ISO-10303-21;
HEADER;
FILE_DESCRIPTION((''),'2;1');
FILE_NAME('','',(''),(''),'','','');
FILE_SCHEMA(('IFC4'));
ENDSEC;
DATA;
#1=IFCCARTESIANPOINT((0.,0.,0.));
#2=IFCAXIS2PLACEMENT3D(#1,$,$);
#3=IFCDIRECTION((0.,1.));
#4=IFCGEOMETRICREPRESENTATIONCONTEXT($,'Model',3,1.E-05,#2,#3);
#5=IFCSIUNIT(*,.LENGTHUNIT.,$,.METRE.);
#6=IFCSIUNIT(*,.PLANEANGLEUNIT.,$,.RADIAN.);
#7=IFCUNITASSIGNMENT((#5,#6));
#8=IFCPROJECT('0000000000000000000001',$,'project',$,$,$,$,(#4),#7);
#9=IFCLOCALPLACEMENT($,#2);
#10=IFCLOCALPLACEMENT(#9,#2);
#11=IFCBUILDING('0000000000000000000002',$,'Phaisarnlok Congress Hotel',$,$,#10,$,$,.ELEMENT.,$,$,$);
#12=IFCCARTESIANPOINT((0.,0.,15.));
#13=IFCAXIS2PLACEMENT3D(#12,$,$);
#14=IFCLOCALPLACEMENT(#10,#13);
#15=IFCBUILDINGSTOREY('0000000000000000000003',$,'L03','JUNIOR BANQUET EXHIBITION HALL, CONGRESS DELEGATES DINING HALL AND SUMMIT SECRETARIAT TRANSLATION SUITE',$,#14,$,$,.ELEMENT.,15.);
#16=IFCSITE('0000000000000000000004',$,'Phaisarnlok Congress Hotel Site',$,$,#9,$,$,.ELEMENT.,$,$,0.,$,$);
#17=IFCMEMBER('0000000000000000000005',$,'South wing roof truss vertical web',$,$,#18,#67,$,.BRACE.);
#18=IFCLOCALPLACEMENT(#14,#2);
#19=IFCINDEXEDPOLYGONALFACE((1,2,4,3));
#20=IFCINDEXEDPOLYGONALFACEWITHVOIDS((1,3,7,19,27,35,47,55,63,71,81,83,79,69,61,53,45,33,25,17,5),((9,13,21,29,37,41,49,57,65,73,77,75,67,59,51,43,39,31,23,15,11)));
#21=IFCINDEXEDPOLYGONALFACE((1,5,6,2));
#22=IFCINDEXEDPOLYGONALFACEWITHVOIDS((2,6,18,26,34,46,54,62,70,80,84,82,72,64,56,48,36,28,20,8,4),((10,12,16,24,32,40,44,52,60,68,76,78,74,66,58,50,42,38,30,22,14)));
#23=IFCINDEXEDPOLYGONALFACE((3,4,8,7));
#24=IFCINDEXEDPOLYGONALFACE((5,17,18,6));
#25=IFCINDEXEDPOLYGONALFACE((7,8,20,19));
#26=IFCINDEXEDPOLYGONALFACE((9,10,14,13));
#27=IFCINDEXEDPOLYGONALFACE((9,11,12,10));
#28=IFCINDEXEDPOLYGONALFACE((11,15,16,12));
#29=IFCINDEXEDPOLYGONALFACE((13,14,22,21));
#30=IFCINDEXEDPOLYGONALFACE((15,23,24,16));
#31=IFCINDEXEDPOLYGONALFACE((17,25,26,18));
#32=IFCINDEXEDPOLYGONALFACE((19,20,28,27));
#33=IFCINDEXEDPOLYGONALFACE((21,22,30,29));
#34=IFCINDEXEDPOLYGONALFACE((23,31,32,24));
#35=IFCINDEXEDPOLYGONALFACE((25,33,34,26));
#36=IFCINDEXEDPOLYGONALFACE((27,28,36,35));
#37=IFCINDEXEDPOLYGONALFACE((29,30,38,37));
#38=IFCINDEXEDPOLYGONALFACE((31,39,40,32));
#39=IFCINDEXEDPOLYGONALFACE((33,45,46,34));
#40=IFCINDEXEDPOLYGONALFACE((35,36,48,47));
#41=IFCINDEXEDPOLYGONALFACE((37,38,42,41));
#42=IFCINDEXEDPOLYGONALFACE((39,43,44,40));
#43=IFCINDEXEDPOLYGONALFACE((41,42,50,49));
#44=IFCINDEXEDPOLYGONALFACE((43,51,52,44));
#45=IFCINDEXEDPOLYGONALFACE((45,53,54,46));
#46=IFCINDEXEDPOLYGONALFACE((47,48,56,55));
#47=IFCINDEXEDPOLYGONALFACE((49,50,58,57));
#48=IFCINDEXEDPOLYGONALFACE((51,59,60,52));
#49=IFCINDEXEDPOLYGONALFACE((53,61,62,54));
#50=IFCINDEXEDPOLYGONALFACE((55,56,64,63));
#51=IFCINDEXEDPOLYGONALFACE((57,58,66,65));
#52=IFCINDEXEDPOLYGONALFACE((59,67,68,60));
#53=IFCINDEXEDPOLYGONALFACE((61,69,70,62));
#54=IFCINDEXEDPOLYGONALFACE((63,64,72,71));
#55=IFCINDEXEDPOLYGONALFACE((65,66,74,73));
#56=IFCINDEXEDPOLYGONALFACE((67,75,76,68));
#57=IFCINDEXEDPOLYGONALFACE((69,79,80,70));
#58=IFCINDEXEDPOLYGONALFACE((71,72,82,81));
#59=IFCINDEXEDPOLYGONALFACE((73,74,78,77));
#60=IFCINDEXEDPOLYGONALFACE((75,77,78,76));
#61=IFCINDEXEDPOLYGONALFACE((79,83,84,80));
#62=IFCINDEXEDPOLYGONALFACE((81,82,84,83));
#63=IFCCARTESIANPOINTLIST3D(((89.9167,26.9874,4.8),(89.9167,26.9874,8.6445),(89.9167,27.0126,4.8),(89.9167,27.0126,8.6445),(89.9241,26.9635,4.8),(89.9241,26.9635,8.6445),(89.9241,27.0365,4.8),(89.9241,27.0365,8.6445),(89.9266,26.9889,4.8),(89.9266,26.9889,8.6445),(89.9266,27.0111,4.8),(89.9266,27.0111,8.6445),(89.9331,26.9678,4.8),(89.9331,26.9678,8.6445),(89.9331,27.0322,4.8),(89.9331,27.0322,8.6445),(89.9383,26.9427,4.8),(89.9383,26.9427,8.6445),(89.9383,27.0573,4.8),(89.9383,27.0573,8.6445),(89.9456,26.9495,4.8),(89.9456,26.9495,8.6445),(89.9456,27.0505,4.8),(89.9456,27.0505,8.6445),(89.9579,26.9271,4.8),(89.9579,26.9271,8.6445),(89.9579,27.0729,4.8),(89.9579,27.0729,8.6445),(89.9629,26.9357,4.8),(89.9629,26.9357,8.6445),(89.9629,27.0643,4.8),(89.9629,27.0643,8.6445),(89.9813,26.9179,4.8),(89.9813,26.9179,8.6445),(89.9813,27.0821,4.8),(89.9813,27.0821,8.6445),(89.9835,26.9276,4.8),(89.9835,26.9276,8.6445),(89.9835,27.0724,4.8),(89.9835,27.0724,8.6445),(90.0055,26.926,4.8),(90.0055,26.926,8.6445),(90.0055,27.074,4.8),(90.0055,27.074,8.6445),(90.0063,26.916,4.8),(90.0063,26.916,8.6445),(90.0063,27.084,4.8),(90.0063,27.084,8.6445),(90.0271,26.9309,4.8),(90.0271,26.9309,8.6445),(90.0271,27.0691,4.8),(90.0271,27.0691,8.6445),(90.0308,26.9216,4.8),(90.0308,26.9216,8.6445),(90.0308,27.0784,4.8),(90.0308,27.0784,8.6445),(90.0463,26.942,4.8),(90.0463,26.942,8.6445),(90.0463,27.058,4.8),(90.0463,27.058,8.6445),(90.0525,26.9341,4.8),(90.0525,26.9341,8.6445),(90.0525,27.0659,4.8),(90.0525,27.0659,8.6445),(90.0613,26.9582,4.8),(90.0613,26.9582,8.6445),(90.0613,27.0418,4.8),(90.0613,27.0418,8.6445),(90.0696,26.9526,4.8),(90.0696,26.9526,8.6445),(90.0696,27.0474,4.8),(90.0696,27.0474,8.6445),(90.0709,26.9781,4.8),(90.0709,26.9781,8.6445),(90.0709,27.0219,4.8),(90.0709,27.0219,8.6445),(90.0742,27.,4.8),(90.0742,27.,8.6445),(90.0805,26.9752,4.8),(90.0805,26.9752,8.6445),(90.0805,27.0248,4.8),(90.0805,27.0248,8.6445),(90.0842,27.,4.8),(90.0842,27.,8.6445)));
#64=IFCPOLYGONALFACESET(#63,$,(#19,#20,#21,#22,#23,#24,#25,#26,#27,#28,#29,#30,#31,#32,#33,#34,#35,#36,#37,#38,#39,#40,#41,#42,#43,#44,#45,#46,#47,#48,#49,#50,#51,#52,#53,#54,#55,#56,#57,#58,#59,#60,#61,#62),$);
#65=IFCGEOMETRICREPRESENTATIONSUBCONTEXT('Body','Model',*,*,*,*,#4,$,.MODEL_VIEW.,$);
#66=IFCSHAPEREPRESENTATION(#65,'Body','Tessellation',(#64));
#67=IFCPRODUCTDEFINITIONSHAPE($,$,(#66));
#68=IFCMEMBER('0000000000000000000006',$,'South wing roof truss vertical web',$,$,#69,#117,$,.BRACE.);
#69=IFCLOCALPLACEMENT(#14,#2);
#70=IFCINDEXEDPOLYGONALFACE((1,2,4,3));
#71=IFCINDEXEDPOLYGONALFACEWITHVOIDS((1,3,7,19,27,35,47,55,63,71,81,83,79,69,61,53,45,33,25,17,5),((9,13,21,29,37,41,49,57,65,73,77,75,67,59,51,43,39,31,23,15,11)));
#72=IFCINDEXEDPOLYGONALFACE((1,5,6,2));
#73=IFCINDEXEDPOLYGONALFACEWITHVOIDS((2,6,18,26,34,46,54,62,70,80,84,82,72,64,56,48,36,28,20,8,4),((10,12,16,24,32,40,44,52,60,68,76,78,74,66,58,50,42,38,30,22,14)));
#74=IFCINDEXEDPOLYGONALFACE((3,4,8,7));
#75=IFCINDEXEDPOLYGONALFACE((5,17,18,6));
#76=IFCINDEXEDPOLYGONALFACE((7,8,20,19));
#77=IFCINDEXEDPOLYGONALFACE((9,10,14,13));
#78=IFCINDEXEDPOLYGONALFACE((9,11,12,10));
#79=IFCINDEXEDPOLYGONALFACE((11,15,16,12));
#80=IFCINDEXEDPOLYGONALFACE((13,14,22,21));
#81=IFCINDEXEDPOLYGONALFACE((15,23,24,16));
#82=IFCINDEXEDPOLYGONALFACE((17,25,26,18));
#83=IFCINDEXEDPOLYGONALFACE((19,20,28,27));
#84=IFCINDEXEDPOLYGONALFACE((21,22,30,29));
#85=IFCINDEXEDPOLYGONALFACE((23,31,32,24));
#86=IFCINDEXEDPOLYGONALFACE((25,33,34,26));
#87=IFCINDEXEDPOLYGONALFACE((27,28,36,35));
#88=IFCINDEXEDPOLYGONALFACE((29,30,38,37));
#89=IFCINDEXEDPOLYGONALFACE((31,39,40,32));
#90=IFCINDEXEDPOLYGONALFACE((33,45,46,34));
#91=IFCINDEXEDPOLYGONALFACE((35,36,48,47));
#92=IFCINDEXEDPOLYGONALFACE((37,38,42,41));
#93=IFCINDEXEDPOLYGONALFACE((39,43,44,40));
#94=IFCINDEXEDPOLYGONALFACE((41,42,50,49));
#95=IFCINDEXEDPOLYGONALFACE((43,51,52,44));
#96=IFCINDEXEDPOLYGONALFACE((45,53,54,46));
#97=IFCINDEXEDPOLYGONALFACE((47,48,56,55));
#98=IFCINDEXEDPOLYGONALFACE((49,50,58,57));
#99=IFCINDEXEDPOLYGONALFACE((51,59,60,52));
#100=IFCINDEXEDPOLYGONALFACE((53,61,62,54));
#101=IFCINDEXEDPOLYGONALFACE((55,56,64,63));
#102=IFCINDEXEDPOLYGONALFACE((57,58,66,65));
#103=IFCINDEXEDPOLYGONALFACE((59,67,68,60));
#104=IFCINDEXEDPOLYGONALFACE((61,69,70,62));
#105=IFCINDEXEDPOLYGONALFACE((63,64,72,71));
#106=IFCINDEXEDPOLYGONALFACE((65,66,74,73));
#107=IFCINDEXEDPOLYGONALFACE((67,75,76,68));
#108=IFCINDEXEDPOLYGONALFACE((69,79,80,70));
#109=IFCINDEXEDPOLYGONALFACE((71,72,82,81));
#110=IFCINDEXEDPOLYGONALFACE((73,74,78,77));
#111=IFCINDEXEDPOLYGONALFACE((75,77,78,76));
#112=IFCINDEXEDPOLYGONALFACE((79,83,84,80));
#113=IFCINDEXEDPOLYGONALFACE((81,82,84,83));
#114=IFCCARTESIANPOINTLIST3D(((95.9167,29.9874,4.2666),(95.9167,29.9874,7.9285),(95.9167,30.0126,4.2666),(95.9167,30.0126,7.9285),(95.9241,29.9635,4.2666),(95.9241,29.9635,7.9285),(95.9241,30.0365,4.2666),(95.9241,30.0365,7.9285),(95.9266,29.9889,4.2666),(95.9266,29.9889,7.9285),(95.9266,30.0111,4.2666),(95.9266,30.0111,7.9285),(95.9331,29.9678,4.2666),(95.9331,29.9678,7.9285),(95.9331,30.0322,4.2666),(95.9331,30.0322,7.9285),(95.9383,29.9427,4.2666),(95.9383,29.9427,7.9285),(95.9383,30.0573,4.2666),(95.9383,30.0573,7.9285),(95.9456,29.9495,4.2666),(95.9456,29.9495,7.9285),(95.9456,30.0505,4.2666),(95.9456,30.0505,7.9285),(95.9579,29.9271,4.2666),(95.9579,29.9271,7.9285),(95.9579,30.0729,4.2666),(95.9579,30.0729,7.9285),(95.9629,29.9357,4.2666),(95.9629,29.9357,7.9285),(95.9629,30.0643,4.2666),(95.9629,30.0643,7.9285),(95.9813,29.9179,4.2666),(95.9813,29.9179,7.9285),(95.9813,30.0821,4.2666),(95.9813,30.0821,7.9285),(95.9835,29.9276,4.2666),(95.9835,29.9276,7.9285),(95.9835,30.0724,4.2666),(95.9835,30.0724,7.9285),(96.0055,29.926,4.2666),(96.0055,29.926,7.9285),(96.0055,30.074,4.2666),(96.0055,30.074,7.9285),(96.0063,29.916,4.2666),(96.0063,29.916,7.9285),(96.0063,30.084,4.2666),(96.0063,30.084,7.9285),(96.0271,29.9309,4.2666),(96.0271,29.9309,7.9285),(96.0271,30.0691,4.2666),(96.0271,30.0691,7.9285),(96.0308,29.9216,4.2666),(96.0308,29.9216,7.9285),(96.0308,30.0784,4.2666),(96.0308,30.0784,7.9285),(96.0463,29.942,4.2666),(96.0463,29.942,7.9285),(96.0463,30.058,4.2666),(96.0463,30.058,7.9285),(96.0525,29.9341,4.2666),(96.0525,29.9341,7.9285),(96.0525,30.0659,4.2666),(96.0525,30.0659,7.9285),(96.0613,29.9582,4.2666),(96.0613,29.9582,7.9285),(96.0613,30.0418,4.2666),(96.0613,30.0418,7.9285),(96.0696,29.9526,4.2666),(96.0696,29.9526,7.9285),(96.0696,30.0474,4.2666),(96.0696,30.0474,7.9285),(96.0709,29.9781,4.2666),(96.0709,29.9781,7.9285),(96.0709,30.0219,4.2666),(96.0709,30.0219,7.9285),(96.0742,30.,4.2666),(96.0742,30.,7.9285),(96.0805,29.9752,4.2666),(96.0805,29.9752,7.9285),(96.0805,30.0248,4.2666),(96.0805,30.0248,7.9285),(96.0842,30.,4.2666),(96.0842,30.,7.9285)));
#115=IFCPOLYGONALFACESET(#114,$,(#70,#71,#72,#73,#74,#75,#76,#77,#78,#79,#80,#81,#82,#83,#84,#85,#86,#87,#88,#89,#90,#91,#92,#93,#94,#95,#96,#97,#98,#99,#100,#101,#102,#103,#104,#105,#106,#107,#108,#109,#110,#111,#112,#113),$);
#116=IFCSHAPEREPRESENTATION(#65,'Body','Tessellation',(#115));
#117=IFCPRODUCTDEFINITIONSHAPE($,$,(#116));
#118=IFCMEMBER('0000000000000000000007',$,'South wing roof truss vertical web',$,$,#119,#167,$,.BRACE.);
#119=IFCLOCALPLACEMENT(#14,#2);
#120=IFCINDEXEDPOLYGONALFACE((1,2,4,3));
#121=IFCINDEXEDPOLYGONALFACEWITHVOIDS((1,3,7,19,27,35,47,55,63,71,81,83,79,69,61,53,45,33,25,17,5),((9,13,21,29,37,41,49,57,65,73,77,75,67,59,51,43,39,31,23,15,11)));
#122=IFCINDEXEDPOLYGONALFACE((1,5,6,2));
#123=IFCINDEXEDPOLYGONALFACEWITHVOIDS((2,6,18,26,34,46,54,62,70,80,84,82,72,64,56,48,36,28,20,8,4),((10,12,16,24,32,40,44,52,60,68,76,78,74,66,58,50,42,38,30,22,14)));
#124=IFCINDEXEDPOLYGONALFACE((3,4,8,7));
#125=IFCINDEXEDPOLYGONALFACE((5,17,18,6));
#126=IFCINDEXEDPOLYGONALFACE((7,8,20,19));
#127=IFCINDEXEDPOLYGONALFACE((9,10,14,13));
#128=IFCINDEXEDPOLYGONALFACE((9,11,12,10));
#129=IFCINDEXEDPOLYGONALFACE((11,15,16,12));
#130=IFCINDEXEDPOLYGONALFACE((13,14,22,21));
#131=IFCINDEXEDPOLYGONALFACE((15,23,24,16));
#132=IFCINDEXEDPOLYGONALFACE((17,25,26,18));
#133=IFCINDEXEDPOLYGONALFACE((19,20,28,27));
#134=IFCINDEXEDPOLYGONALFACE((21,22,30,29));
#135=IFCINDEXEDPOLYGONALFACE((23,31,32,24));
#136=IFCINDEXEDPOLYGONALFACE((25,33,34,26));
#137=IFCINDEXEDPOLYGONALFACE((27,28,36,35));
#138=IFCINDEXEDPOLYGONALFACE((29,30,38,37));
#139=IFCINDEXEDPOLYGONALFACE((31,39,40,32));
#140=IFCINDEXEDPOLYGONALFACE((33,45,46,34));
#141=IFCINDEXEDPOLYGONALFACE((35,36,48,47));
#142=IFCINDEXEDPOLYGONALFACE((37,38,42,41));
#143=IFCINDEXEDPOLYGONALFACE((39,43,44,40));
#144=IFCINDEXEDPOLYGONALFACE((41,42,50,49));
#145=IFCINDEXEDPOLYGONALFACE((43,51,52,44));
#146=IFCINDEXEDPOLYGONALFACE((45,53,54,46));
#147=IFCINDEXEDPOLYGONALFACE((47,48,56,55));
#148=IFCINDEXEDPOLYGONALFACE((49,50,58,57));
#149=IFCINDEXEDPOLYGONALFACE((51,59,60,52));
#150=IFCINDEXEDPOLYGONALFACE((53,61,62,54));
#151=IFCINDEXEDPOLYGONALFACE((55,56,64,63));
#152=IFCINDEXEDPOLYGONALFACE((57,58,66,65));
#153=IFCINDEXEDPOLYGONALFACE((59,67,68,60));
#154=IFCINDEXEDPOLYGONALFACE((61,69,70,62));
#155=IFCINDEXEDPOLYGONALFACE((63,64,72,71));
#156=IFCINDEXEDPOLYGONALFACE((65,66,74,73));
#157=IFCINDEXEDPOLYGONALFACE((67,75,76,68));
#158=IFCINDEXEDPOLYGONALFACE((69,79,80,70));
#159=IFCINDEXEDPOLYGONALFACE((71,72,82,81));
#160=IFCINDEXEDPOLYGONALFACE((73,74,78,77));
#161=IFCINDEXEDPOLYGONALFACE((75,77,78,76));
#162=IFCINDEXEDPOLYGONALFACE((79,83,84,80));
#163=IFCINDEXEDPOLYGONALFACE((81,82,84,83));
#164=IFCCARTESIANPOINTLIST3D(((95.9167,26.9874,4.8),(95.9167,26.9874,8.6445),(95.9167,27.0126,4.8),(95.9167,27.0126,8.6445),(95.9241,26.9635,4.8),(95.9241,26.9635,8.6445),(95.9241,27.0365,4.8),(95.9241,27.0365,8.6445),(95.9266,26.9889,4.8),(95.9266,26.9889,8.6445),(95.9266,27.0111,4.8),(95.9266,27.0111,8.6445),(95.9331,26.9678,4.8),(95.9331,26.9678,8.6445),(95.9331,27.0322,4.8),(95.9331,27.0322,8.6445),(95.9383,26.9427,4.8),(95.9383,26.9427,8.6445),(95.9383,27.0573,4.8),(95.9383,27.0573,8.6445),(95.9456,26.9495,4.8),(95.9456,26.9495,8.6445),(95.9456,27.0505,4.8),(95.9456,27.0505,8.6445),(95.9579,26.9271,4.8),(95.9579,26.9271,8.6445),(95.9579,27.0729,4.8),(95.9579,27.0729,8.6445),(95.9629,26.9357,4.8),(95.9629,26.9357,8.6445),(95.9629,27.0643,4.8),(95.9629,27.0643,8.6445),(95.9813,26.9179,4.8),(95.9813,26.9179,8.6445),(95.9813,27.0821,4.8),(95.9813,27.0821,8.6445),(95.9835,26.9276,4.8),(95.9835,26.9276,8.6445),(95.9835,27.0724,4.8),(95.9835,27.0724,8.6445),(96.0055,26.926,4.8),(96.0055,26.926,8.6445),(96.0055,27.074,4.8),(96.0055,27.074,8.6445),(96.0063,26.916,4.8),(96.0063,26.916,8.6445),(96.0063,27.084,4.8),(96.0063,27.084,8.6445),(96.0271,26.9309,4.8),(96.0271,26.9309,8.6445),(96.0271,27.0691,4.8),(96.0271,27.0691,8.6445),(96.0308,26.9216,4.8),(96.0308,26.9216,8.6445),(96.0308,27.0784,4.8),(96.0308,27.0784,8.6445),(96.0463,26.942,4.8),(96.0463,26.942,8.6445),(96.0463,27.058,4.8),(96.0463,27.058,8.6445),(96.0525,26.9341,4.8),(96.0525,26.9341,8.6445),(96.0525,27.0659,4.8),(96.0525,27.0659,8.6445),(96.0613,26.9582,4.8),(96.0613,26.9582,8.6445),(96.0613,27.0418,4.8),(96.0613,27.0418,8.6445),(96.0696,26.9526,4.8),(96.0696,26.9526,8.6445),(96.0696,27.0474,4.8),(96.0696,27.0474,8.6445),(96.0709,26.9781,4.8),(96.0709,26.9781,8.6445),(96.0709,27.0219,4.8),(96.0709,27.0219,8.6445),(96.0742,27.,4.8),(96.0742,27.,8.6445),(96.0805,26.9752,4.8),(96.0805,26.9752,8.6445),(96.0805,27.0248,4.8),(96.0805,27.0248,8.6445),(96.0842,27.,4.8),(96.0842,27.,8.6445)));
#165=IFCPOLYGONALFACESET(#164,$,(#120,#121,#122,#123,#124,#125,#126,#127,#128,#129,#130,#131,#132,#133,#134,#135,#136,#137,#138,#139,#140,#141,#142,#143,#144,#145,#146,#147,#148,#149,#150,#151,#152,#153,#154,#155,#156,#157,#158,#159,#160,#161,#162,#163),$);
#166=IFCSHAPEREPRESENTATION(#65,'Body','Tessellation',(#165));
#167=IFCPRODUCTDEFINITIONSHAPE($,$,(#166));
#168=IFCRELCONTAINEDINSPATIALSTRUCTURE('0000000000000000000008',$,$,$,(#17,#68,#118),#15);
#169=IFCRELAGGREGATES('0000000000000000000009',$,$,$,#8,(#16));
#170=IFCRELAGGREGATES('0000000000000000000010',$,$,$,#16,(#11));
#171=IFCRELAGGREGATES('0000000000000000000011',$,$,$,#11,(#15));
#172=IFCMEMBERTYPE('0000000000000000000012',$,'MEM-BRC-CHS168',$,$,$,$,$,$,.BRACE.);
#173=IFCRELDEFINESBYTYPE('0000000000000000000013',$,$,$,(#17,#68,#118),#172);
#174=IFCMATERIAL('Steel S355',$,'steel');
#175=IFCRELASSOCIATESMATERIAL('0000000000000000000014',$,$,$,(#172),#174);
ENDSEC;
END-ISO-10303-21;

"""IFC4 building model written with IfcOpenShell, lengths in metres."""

from ifc_helpers import new_model, si_unit, direction, frame, origin, origin_2d, place, context, subcontext, project, spatial, hollow_circle, extrude, material, material_profile, profile_set, type_object, element, save


model = new_model("IFC4")

# Units and contexts
model_context = context("Model", 3, precision=1e-05, world=origin(), true_north=direction((0.0, 1.0)))
body_context = subcontext(model_context, "Body", "Model", "MODEL_VIEW")
ifc_project = project(units=[si_unit("LENGTHUNIT", "METRE"), si_unit("PLANEANGLEUNIT", "RADIAN")], contexts=[model_context])

# Site, building, storey
site_placement = place(None, origin())
site = spatial("IfcSite", under=ifc_project, at=site_placement, Name="Phaisarnlok Congress Hotel Site", CompositionType="ELEMENT", RefElevation=0.0)
building_placement = place(site_placement, origin())
building = spatial("IfcBuilding", under=site, at=building_placement, Name="Phaisarnlok Congress Hotel", CompositionType="ELEMENT")
storey_placement = place(building_placement, frame((0.0, 0.0, 15.0)))
storey = spatial("IfcBuildingStorey", under=building, at=storey_placement, Name="L03", Description="JUNIOR BANQUET EXHIBITION HALL, CONGRESS DELEGATES DINING HALL AND SUMMIT SECRETARIAT TRANSLATION SUITE", CompositionType="ELEMENT", Elevation=15.0)

# Shared definitions
ifc_material_1 = material(Name="Steel S355", Category="steel")

# Members
ifc_material_profile_1 = material_profile(ifc_material_1, hollow_circle(Radius=0.0842, WallThickness=0.01, at=origin_2d()), Name="CHS 168.3x10")
ifc_profile_set_1 = profile_set([ifc_material_profile_1], Name="Steel S355")
member_type_1 = type_object("IfcMemberType", Name="MEM-BRC-CHS168", PredefinedType="BRACE", material=ifc_profile_set_1)
member_1_placement = place(storey_placement, frame((90.0, 27.0, 4.8), z_axis=(0.0, 0.0, 1.0), x_axis=(1.0, 0.0, 0.0)))
element("IfcMember", 1, at=member_1_placement, inside=storey, type_object=member_type_1, Name="South wing roof truss vertical web", PredefinedType="BRACE", context=body_context, shape_type="SweptSolid", body=[
    extrude(hollow_circle(Radius=0.0842, WallThickness=0.01, at=origin_2d()), origin(), (0.0, 0.0, 1.0), 3.8445),
])
member_2_placement = place(storey_placement, frame((96.0, 30.0, 4.2666), z_axis=(0.0, 0.0, 1.0), x_axis=(1.0, 0.0, 0.0)))
element("IfcMember", 2, at=member_2_placement, inside=storey, type_object=member_type_1, Name="South wing roof truss vertical web", PredefinedType="BRACE", context=body_context, shape_type="SweptSolid", body=[
    extrude(hollow_circle(Radius=0.0842, WallThickness=0.01, at=origin_2d()), origin(), (0.0, 0.0, 1.0), 3.6619),
])
member_3_placement = place(storey_placement, frame((96.0, 27.0, 4.8), z_axis=(0.0, 0.0, 1.0), x_axis=(1.0, 0.0, 0.0)))
element("IfcMember", 3, at=member_3_placement, inside=storey, type_object=member_type_1, Name="South wing roof truss vertical web", PredefinedType="BRACE", context=body_context, shape_type="SweptSolid", body=[
    extrude(hollow_circle(Radius=0.0842, WallThickness=0.01, at=origin_2d()), origin(), (0.0, 0.0, 1.0), 3.8445),
])

save(model, "model.ifc")
